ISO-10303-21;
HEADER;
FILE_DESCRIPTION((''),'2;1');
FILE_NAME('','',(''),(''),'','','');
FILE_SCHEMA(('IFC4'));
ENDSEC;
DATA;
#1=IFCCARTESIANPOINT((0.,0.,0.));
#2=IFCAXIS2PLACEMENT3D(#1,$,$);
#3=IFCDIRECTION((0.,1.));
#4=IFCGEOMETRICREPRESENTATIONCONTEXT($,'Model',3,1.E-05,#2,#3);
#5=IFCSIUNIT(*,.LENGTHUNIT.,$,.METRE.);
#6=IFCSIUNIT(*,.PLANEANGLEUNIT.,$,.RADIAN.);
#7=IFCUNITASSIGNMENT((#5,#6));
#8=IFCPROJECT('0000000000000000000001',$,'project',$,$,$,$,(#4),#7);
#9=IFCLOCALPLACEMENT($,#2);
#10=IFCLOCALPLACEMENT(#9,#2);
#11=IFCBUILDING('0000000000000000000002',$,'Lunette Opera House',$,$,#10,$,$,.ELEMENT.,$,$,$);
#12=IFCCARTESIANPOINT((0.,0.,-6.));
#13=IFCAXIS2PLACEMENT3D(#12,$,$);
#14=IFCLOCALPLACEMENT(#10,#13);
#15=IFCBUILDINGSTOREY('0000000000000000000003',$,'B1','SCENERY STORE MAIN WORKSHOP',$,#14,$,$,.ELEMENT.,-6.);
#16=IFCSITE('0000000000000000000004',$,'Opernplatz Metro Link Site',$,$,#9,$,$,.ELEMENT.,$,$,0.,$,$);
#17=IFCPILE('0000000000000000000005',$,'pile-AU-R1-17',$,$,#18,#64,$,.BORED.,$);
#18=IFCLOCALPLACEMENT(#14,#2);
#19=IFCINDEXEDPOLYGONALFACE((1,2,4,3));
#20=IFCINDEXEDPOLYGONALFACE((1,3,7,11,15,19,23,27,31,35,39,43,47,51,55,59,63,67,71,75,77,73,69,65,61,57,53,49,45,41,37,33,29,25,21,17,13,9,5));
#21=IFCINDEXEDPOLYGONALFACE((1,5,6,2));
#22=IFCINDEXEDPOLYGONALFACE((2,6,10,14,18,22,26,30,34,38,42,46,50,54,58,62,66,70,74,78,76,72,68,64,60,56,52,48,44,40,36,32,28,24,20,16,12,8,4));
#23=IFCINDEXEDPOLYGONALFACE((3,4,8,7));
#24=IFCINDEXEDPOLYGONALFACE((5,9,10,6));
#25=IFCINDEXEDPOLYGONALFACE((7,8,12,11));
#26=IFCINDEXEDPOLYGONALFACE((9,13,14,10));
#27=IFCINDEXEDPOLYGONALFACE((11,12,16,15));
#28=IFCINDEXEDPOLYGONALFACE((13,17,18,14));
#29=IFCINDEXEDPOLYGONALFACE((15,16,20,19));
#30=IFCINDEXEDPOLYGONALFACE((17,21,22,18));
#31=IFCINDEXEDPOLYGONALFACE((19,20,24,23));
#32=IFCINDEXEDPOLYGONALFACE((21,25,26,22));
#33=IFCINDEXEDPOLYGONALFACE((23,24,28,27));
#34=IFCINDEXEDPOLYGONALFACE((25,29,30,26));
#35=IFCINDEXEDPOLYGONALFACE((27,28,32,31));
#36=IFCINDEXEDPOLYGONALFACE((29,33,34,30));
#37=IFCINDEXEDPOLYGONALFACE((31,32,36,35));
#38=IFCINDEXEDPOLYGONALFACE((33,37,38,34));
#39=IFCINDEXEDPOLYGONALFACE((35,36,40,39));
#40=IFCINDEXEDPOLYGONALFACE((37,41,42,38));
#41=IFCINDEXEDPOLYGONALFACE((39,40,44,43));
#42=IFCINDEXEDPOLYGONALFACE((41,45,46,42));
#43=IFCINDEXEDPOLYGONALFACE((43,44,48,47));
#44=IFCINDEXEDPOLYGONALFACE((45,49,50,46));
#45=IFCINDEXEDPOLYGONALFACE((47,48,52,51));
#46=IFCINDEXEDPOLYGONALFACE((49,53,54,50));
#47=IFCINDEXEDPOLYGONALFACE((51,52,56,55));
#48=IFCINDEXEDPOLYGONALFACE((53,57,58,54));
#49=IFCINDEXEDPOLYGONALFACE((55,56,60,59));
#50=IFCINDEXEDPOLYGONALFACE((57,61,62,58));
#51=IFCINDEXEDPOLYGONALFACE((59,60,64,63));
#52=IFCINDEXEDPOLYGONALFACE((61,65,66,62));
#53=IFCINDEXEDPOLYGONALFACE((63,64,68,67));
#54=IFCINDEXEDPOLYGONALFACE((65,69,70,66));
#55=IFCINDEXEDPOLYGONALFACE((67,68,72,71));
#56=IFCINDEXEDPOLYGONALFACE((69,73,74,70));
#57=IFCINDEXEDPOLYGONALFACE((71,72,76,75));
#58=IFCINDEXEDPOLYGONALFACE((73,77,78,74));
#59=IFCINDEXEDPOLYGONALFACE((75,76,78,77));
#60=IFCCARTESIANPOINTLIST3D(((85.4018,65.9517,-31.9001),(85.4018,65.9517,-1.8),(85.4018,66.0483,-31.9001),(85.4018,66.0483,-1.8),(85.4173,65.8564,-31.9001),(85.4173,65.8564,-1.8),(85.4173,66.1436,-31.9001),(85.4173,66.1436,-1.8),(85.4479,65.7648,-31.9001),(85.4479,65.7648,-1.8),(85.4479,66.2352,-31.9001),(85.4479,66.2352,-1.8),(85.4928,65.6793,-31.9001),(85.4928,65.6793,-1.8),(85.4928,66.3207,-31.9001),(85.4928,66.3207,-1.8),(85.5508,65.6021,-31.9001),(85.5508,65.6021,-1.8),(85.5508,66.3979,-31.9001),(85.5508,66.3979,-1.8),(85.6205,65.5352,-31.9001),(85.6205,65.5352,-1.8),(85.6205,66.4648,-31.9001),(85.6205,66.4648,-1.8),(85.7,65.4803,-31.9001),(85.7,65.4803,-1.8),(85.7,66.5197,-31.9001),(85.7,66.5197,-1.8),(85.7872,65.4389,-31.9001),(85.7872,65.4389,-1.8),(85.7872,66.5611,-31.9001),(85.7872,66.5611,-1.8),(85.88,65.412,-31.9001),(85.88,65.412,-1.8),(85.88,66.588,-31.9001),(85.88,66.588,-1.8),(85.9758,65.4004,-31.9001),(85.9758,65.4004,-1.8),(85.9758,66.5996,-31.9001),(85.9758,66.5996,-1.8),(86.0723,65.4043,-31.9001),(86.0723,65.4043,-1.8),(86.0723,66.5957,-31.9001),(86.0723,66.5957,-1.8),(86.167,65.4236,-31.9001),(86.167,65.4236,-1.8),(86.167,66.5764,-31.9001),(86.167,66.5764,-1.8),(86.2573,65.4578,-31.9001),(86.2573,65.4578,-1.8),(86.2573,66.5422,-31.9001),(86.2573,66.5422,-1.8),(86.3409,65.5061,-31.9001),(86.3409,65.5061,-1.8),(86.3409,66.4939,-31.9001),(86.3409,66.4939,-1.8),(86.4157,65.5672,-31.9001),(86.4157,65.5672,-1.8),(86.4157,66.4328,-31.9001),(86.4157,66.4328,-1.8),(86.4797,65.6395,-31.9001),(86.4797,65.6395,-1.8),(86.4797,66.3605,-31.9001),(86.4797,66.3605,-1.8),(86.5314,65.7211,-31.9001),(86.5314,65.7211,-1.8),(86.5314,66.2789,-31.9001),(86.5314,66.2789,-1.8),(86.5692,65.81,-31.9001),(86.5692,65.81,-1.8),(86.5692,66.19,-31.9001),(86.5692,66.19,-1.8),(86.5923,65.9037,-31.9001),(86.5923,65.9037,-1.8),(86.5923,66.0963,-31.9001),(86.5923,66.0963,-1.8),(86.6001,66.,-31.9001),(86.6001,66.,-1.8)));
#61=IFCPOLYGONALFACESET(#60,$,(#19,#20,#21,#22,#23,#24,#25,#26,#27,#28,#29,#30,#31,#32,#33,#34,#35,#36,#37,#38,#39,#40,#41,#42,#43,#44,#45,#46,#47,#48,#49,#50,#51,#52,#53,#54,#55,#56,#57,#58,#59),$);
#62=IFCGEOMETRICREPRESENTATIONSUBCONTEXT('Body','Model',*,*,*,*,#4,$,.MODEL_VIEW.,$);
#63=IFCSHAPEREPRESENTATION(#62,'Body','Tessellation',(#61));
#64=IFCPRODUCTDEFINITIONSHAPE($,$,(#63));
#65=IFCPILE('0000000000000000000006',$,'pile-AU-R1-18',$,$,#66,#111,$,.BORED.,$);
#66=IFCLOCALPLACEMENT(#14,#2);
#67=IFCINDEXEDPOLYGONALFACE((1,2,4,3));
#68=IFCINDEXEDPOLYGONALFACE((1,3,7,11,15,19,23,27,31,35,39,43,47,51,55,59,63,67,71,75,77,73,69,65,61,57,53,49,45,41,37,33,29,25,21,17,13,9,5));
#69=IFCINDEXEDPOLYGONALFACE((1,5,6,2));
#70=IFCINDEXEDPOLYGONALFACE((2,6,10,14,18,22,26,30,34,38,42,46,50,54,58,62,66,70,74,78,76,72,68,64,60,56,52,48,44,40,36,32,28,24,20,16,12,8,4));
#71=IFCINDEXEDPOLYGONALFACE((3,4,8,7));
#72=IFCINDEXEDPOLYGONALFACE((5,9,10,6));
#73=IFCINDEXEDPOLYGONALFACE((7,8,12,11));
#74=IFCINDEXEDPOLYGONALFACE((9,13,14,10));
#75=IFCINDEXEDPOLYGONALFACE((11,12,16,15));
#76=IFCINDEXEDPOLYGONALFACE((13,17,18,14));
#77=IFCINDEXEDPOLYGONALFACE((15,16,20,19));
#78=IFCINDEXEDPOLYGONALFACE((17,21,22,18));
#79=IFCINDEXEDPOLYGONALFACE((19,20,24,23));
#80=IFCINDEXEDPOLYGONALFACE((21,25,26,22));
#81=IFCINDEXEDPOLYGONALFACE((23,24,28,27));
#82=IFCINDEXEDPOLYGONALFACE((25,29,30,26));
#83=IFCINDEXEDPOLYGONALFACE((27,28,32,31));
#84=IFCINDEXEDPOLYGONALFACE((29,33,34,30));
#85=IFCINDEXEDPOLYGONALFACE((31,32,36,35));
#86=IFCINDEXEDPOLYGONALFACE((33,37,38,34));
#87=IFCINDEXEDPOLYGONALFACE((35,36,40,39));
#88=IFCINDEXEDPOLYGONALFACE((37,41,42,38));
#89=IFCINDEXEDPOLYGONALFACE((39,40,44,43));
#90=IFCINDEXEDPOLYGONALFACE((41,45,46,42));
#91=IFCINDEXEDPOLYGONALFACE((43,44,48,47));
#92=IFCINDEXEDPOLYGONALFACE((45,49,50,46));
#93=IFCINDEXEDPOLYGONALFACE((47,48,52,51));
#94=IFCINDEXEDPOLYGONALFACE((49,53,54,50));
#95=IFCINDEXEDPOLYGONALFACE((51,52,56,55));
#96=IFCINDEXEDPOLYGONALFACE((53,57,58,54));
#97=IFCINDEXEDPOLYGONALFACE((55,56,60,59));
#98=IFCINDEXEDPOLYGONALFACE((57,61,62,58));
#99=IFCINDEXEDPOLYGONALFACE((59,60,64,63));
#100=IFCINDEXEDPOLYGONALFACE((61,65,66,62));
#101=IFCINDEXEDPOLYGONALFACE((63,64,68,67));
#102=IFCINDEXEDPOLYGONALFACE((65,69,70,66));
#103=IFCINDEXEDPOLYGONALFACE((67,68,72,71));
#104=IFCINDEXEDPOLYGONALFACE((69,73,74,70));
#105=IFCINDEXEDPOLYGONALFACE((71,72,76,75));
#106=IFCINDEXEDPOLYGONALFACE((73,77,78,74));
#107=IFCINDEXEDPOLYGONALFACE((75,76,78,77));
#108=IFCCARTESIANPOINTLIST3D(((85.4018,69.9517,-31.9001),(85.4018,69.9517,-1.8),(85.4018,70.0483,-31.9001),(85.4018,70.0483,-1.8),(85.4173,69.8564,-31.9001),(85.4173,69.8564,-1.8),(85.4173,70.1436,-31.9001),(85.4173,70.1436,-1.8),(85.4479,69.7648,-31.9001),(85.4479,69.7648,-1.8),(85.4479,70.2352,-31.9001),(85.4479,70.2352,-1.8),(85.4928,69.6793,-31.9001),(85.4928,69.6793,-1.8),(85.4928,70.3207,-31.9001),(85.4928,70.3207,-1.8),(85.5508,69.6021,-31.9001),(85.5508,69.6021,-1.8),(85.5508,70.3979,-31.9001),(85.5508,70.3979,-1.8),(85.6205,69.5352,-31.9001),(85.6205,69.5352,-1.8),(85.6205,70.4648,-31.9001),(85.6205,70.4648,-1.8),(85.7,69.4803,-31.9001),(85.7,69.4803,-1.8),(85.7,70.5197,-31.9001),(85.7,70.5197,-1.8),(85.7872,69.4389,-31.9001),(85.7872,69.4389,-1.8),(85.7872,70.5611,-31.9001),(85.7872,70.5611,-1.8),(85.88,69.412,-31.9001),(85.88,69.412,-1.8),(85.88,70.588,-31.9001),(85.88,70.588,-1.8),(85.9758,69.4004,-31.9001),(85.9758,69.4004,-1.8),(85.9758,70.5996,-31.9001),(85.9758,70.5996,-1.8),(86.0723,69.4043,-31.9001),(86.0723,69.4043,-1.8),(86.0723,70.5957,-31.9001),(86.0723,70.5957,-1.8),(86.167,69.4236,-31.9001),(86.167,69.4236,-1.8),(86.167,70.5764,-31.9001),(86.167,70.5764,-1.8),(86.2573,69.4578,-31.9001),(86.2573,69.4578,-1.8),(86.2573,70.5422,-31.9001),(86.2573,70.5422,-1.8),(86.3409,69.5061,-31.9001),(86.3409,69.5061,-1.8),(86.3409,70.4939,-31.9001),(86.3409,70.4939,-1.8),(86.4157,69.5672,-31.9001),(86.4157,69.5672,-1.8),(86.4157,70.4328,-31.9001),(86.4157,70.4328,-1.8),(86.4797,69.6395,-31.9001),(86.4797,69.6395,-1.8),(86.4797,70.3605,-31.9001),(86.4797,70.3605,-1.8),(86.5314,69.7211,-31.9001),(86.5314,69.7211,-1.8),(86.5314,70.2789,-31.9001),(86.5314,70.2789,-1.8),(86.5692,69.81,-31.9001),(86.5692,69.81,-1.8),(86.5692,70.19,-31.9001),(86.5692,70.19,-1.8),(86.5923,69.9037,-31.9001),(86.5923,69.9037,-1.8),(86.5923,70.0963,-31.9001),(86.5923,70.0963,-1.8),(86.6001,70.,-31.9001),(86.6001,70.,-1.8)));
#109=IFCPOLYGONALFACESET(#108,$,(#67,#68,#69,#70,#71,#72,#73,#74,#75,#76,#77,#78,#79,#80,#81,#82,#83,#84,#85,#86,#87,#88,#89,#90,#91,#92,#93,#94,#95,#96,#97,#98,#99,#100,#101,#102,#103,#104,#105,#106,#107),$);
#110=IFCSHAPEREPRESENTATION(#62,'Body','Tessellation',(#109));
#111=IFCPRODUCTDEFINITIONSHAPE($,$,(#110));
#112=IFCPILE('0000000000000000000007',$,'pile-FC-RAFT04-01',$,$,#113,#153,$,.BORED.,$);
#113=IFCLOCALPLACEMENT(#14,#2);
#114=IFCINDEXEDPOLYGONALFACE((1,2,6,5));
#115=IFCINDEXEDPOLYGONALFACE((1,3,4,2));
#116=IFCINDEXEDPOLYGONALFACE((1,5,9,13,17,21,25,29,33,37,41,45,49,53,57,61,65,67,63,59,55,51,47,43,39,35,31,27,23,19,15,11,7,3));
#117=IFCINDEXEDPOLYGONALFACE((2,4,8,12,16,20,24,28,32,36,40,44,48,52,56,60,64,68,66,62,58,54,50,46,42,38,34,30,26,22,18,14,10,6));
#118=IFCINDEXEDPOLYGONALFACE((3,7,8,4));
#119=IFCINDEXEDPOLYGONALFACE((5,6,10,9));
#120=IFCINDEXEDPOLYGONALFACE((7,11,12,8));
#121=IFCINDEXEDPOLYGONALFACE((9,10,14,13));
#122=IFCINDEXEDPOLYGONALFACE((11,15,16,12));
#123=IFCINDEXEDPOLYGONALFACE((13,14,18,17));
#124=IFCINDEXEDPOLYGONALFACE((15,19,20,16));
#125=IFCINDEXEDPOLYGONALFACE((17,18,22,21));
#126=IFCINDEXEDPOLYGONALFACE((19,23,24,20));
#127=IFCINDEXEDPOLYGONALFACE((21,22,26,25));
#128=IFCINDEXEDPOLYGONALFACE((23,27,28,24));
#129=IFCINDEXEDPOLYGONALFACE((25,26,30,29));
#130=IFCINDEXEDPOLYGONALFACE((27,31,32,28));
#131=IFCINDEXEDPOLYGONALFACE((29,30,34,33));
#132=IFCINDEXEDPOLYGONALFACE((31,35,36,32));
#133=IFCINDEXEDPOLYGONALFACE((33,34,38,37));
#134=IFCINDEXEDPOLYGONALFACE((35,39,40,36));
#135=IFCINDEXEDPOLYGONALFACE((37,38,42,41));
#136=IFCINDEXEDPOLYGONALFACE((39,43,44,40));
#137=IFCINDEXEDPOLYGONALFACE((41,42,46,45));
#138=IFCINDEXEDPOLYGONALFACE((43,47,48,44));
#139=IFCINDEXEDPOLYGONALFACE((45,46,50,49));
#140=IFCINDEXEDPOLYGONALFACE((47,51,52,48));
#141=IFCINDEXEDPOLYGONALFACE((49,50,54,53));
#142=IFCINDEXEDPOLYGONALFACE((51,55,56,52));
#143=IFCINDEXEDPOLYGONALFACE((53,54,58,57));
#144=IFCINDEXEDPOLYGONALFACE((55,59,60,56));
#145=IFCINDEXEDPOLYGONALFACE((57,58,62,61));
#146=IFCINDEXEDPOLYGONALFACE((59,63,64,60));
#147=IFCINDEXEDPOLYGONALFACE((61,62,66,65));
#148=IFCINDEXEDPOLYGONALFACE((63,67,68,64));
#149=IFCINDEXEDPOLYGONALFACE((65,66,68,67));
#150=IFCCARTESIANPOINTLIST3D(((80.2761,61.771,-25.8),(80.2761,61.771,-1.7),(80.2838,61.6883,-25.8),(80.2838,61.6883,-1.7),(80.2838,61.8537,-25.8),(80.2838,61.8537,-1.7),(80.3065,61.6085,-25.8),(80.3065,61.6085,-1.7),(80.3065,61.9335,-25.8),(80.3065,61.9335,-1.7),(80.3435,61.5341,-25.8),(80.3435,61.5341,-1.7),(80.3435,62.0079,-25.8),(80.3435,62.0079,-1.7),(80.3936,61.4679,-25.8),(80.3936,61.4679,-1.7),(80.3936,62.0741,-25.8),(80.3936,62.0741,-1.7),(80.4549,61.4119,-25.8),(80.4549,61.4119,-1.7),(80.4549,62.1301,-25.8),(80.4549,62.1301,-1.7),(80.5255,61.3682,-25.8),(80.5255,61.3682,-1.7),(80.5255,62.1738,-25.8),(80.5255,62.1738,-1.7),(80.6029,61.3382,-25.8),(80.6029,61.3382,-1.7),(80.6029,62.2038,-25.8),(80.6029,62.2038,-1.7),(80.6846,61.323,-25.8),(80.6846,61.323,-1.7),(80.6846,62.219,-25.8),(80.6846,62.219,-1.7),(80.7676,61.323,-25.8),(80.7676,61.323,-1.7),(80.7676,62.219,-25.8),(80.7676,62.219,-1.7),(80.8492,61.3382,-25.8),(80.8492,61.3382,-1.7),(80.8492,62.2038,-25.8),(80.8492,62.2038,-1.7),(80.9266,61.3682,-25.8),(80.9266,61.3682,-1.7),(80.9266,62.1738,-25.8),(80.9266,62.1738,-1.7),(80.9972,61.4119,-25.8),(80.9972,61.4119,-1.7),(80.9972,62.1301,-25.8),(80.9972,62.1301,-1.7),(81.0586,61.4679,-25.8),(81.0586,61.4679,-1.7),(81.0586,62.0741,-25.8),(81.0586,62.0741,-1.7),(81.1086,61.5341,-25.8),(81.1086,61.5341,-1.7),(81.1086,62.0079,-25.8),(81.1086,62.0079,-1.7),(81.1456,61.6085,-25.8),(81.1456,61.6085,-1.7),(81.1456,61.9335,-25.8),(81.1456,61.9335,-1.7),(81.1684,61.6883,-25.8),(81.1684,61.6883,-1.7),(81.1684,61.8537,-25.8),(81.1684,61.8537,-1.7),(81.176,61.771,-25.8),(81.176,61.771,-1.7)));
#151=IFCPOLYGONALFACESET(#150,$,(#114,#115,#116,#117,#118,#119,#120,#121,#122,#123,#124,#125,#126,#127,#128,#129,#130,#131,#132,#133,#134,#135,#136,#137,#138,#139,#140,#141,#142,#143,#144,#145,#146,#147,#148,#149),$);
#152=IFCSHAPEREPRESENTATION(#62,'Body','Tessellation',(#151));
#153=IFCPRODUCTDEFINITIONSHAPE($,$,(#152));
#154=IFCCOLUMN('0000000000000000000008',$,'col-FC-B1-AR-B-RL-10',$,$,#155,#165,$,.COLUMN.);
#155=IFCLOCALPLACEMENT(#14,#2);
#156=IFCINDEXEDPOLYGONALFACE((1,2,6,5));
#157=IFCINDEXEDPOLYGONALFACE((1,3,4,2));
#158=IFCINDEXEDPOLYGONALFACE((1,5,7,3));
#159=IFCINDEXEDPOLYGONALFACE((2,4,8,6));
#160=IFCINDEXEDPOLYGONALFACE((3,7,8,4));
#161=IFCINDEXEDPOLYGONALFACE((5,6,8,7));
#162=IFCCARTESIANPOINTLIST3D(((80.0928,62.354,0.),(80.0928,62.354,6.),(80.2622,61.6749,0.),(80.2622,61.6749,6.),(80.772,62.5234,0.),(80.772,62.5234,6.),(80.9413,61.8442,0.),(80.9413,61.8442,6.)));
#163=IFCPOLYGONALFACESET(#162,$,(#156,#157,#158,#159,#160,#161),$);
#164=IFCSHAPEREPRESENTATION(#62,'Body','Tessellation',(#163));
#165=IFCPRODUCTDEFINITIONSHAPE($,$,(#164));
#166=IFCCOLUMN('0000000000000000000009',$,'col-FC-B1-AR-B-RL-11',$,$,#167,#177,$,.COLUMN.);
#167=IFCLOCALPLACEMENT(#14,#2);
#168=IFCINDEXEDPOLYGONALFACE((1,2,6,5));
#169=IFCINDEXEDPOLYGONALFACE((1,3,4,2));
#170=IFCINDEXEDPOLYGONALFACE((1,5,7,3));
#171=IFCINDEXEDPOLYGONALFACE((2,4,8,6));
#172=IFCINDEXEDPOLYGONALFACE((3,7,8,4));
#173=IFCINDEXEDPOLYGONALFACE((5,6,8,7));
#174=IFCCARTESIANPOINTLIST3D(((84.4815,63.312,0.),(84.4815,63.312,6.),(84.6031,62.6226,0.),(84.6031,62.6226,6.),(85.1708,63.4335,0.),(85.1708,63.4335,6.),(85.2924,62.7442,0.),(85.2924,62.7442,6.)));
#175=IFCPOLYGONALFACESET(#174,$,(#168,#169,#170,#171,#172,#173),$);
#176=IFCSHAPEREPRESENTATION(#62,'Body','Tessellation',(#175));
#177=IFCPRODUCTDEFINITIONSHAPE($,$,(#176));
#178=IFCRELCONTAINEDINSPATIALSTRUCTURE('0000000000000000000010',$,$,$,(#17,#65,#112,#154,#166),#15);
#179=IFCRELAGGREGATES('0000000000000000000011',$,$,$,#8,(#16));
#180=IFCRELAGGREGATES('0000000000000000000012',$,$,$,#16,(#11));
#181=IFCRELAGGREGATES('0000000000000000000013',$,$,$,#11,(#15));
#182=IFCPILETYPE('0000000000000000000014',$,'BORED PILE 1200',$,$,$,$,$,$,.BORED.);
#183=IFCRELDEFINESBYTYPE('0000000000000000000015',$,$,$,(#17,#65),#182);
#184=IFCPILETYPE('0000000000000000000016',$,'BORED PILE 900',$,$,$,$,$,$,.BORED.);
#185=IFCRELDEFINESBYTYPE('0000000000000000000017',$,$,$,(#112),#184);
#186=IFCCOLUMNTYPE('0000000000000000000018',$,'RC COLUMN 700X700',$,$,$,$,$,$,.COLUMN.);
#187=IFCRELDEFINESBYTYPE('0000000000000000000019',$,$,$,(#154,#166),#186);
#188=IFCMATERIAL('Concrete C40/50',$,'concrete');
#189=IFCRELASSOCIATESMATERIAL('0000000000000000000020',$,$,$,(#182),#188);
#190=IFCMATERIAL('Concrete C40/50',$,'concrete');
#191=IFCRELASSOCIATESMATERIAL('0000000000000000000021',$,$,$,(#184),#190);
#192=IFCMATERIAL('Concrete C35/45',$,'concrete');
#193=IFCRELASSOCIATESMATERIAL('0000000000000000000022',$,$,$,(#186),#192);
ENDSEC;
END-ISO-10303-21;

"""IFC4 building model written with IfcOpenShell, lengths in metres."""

from ifc_helpers import new_model, si_unit, direction, frame, origin, origin_2d, place, context, subcontext, project, spatial, rectangle, circle, extrude, material, material_profile, profile_set, type_object, element, save


model = new_model("IFC4")

# Units and contexts
model_context = context("Model", 3, precision=1e-05, world=origin(), true_north=direction((0.0, 1.0)))
body_context = subcontext(model_context, "Body", "Model", "MODEL_VIEW")
ifc_project = project(units=[si_unit("LENGTHUNIT", "METRE"), si_unit("PLANEANGLEUNIT", "RADIAN")], contexts=[model_context])

# Site, building, storey
site_placement = place(None, origin())
site = spatial("IfcSite", under=ifc_project, at=site_placement, Name="Opernplatz Metro Link Site", CompositionType="ELEMENT", RefElevation=0.0)
building_placement = place(site_placement, origin())
building = spatial("IfcBuilding", under=site, at=building_placement, Name="Lunette Opera House", CompositionType="ELEMENT")
storey_placement = place(building_placement, frame((0.0, 0.0, -6.0)))
storey = spatial("IfcBuildingStorey", under=building, at=storey_placement, Name="B1", Description="SCENERY STORE MAIN WORKSHOP", CompositionType="ELEMENT", Elevation=-6.0)

# Piles
ifc_material_1 = material(Name="Concrete C40/50", Category="concrete")
ifc_material_profile_1 = material_profile(ifc_material_1, circle(Radius=0.6001, at=origin_2d()), Name="BORED PILE 1200")
ifc_profile_set_1 = profile_set([ifc_material_profile_1], Name="Concrete C40/50")
pile_type_1 = type_object("IfcPileType", Name="BORED PILE 1200", PredefinedType="BORED", material=ifc_profile_set_1)
for number, where, z_axis, x_axis, name in (
    (1, (86.0, 66.0, -1.8), (0.0, 0.0, -1.0), (1.0, 0.0, 0.0), "pile-AU-R1-17"),
    (2, (86.0, 70.0, -1.8), (0.0, 0.0, -1.0), (1.0, 0.0, 0.0), "pile-AU-R1-18"),
):
    element("IfcPile", number, at=place(storey_placement, frame(where, z_axis=z_axis, x_axis=x_axis)), inside=storey, type_object=pile_type_1, Name=name, PredefinedType="BORED", context=body_context, shape_type="SweptSolid", body=[
        extrude(circle(Radius=0.6001, at=origin_2d()), origin(), (0.0, 0.0, 1.0), 30.1001),
    ])
ifc_material_2 = material(Name="Concrete C40/50", Category="concrete")
ifc_material_profile_2 = material_profile(ifc_material_2, circle(Radius=0.45, at=origin_2d()), Name="BORED PILE 900")
ifc_profile_set_2 = profile_set([ifc_material_profile_2], Name="Concrete C40/50")
pile_type_2 = type_object("IfcPileType", Name="BORED PILE 900", PredefinedType="BORED", material=ifc_profile_set_2)
pile_placement = place(storey_placement, frame((80.7261, 61.771, -1.7), z_axis=(0.0, 0.0, -1.0), x_axis=(1.0, 0.0, 0.0)))
element("IfcPile", 3, at=pile_placement, inside=storey, type_object=pile_type_2, Name="pile-FC-RAFT04-01", PredefinedType="BORED", context=body_context, shape_type="SweptSolid", body=[
    extrude(circle(Radius=0.45, at=origin_2d()), origin(), (0.0, 0.0, 1.0), 24.1001),
])

# Columns
ifc_material_3 = material(Name="Concrete C35/45", Category="concrete")
ifc_material_profile_3 = material_profile(ifc_material_3, rectangle(XDim=0.7, YDim=0.7, at=origin_2d()), Name="RC COLUMN 700X700")
ifc_profile_set_3 = profile_set([ifc_material_profile_3], Name="Concrete C35/45")
column_type = type_object("IfcColumnType", Name="RC COLUMN 700X700", PredefinedType="COLUMN", material=ifc_profile_set_3)
for number, where, z_axis, x_axis, name in (
    (4, (80.5171, 62.0991, 0.0), (0.0, 0.0, 1.0), (0.970296, 0.241922, 0.0), "col-FC-B1-AR-B-RL-10"),
    (5, (84.887, 63.0281, 0.0), (0.0, 0.0, 1.0), (0.984808, 0.173648, 0.0), "col-FC-B1-AR-B-RL-11"),
):
    element("IfcColumn", number, at=place(storey_placement, frame(where, z_axis=z_axis, x_axis=x_axis)), inside=storey, type_object=column_type, Name=name, PredefinedType="COLUMN", context=body_context, shape_type="SweptSolid", body=[
        extrude(rectangle(XDim=0.7, YDim=0.7, at=origin_2d()), origin(), (0.0, 0.0, 1.0), 6.0),
    ])

save(model, "model.ifc")
